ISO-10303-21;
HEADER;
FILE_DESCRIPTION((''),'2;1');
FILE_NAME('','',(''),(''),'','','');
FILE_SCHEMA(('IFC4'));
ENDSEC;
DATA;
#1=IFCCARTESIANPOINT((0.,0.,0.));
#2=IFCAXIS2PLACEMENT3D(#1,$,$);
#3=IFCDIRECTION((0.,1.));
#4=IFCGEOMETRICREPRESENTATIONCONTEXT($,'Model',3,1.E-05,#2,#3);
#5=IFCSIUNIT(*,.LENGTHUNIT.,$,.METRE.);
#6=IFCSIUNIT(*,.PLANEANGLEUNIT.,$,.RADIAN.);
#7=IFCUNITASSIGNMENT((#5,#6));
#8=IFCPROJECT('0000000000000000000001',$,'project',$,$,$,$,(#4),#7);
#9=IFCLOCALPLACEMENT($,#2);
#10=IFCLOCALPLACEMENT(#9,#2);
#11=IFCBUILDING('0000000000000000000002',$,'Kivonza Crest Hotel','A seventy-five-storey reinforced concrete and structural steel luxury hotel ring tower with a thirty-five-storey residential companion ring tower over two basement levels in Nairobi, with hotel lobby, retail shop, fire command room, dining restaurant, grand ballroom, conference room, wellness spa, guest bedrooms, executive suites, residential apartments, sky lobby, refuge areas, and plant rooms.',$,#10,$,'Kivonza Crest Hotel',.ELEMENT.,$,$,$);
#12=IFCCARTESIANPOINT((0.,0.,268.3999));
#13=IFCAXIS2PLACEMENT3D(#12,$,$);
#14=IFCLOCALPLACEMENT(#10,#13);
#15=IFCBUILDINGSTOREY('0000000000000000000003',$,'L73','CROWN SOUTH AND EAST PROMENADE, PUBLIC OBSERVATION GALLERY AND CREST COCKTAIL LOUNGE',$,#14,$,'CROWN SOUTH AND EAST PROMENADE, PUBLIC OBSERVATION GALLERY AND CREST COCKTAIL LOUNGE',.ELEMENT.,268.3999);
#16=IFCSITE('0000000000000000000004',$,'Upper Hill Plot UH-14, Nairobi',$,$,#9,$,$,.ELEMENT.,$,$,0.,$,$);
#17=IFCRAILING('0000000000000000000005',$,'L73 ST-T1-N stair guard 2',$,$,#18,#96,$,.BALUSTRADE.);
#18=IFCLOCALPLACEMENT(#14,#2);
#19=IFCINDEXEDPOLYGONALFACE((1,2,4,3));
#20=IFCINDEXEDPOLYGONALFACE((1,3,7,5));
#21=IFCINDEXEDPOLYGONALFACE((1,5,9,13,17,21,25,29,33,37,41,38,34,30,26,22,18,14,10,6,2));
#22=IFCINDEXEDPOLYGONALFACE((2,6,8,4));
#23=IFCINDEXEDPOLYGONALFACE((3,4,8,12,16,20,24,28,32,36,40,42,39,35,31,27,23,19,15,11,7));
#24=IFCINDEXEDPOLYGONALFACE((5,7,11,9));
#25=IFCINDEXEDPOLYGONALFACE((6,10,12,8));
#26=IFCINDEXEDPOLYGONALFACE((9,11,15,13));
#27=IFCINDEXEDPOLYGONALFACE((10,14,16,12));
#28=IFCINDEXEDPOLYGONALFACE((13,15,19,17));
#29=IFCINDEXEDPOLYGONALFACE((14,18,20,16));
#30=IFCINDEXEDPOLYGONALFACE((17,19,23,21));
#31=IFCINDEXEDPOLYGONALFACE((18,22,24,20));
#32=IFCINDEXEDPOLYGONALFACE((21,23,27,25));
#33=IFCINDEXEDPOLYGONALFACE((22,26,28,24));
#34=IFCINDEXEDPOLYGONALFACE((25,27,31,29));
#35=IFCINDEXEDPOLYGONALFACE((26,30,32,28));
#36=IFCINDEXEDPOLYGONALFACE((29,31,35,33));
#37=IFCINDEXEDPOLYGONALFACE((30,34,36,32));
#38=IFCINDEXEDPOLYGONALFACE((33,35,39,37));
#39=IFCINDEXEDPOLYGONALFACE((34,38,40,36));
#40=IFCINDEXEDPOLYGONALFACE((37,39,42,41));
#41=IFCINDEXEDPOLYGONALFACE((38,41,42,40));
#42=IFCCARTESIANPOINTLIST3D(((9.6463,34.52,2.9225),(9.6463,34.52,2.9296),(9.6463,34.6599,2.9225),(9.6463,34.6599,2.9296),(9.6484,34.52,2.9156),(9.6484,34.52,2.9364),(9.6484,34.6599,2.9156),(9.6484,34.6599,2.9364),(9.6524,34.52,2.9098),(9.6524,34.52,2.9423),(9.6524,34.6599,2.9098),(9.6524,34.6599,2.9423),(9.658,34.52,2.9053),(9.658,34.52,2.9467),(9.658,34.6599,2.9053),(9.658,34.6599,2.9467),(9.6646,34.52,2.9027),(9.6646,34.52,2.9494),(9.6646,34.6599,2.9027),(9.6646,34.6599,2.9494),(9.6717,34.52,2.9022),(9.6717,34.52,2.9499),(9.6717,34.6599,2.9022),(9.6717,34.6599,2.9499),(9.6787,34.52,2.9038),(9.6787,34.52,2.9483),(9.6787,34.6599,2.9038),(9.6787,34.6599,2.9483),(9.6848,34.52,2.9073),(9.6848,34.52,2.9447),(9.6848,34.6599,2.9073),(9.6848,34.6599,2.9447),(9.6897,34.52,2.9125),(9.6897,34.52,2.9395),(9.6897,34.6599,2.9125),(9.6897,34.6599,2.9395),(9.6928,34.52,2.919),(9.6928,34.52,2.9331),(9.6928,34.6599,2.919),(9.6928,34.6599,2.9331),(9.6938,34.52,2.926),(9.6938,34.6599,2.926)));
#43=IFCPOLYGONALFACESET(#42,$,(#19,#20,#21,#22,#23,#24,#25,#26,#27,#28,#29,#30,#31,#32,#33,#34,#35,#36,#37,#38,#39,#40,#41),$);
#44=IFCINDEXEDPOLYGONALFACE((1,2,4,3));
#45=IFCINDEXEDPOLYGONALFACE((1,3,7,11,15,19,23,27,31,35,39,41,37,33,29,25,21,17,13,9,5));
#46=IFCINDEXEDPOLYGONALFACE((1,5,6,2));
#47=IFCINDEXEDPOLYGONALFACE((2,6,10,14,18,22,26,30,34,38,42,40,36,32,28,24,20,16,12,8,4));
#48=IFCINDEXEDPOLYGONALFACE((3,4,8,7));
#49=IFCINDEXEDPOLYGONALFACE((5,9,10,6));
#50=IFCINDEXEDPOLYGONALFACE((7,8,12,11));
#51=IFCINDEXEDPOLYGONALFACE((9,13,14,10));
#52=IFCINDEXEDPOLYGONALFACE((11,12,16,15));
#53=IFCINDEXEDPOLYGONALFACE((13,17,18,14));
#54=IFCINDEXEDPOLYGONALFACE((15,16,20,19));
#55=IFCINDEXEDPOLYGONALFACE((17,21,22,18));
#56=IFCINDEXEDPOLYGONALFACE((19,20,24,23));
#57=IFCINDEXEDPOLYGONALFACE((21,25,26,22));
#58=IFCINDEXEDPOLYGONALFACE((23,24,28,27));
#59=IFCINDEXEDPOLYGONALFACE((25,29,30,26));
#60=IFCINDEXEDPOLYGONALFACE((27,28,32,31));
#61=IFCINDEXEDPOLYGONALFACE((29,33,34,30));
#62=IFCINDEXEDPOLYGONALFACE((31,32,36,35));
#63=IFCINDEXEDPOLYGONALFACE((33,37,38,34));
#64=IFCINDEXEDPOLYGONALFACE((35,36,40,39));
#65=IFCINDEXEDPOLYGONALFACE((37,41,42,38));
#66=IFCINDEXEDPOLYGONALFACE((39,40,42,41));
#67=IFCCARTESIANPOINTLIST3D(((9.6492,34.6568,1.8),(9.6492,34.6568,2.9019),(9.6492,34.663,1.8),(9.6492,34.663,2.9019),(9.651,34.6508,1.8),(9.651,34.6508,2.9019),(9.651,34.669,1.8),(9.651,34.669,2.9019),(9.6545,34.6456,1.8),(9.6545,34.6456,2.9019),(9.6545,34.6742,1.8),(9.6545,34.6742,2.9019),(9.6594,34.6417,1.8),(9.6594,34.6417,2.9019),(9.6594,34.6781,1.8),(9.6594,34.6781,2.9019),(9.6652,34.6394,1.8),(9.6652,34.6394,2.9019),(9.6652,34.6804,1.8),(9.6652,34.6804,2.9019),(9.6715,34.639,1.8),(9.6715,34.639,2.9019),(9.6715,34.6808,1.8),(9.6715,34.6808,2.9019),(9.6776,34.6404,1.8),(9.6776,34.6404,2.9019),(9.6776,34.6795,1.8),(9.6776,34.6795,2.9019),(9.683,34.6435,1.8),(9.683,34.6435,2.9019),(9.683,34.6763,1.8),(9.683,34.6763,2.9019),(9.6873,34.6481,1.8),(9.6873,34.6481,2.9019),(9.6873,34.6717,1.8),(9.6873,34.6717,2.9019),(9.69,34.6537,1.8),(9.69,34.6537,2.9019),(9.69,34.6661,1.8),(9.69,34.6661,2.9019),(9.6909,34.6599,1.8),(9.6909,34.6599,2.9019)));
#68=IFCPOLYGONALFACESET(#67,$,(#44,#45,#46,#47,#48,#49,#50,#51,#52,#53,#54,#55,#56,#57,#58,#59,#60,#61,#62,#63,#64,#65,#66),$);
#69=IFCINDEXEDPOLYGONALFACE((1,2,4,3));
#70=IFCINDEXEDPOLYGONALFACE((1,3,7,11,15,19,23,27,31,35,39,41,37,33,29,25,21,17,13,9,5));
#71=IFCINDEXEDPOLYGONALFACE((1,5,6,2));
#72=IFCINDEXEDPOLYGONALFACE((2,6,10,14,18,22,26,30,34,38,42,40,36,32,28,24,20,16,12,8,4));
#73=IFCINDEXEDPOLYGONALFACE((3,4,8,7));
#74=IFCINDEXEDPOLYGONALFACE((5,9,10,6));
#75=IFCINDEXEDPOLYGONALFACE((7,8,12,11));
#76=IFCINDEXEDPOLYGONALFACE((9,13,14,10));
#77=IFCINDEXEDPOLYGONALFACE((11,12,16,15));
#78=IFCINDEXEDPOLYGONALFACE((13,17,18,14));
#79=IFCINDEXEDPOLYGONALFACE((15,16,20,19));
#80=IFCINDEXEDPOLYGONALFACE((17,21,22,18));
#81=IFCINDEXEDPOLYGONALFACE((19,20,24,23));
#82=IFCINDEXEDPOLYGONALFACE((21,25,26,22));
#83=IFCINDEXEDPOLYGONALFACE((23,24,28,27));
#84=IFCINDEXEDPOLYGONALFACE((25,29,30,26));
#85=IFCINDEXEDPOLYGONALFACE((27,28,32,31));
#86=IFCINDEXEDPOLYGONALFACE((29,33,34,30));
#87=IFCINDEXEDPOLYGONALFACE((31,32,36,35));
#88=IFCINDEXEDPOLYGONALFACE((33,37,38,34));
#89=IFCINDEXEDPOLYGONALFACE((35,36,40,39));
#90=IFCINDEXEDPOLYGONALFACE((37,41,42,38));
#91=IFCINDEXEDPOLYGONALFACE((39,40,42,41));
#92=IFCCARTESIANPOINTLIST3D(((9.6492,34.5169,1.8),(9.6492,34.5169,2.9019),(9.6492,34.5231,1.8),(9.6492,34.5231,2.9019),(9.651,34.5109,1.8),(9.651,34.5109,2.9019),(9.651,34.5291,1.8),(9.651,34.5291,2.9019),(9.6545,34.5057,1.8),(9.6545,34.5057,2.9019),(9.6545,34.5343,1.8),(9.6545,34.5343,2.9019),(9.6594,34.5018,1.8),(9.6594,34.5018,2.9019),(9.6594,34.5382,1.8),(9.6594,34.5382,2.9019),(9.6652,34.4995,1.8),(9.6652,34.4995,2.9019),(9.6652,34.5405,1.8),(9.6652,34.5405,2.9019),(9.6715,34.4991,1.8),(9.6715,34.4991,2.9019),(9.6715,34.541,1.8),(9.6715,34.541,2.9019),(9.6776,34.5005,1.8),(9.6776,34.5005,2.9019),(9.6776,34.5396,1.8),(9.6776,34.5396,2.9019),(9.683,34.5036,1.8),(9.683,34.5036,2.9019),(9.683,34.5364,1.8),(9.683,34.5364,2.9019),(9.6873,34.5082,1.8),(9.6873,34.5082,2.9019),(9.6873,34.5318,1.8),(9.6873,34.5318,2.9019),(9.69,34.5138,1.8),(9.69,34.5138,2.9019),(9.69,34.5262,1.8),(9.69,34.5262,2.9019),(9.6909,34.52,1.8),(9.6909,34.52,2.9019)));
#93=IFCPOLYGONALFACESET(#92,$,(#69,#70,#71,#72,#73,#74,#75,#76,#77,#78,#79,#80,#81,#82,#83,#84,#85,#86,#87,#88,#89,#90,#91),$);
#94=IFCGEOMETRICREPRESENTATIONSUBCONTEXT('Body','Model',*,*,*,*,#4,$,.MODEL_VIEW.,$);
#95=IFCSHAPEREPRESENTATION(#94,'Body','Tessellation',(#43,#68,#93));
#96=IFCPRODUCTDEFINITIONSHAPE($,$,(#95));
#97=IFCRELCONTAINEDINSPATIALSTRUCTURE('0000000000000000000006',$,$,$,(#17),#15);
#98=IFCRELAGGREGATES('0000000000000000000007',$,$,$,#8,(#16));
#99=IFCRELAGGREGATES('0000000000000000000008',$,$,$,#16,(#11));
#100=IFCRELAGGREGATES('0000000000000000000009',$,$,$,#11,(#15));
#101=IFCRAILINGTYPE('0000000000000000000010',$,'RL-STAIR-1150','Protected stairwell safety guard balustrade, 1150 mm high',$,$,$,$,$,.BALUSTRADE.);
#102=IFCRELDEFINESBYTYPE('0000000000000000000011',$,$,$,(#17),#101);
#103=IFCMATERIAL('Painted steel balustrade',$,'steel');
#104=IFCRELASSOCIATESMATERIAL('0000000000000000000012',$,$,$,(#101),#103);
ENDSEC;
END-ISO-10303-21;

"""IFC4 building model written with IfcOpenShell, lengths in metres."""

from ifc_helpers import new_model, si_unit, direction, frame, origin, origin_2d, place, context, subcontext, project, spatial, circle, extrude, material, type_object, element, save


model = new_model("IFC4")

# Units and contexts
model_context = context("Model", 3, precision=1e-05, world=origin(), true_north=direction((0.0, 1.0)))
body_context = subcontext(model_context, "Body", "Model", "MODEL_VIEW")
ifc_project = project(units=[si_unit("LENGTHUNIT", "METRE"), si_unit("PLANEANGLEUNIT", "RADIAN")], contexts=[model_context])

# Site, building, storey
site_placement = place(None, origin())
site = spatial("IfcSite", under=ifc_project, at=site_placement, Name="Upper Hill Plot UH-14, Nairobi", CompositionType="ELEMENT", RefElevation=0.0)
building_placement = place(site_placement, origin())
building = spatial("IfcBuilding", under=site, at=building_placement, Name="Kivonza Crest Hotel", Description="A seventy-five-storey reinforced concrete and structural steel luxury hotel ring tower with a thirty-five-storey residential companion ring tower over two basement levels in Nairobi, with hotel lobby, retail shop, fire command room, dining restaurant, grand ballroom, conference room, wellness spa, guest bedrooms, executive suites, residential apartments, sky lobby, refuge areas, and plant rooms.", LongName="Kivonza Crest Hotel", CompositionType="ELEMENT")
storey_placement = place(building_placement, frame((0.0, 0.0, 268.3999)))
storey = spatial("IfcBuildingStorey", under=building, at=storey_placement, Name="L73", Description="CROWN SOUTH AND EAST PROMENADE, PUBLIC OBSERVATION GALLERY AND CREST COCKTAIL LOUNGE", LongName="CROWN SOUTH AND EAST PROMENADE, PUBLIC OBSERVATION GALLERY AND CREST COCKTAIL LOUNGE", CompositionType="ELEMENT", Elevation=268.3999)

# Railing
ifc_material_1 = material(Name="Painted steel balustrade", Category="steel")
railing_type_1 = type_object("IfcRailingType", Name="RL-STAIR-1150", Description="Protected stairwell safety guard balustrade, 1150 mm high", PredefinedType="BALUSTRADE", material=ifc_material_1)
railing_1_placement = place(storey_placement, frame((9.6699, 34.6599, 1.8)))
element("IfcRailing", 1, at=railing_1_placement, inside=storey, type_object=railing_type_1, Name="L73 ST-T1-N stair guard 2", PredefinedType="BALUSTRADE", context=body_context, shape_type="SweptSolid", body=[
    extrude(circle(Radius=0.0239, at=origin_2d()), frame((0.0, 0.0, 1.126), z_axis=(0.0, -1.0, 0.0), x_axis=(1.0, 0.0, 0.0)), (0.0, 0.0, 1.0), 0.1399),
    extrude(circle(Radius=0.021, at=origin_2d()), origin(), (0.0, 0.0, 1.0), 1.1018),
    extrude(circle(Radius=0.021, at=origin_2d()), frame((0.0, -0.1399, 0.0)), (0.0, 0.0, 1.0), 1.1018),
])

save(model, "model.ifc")
